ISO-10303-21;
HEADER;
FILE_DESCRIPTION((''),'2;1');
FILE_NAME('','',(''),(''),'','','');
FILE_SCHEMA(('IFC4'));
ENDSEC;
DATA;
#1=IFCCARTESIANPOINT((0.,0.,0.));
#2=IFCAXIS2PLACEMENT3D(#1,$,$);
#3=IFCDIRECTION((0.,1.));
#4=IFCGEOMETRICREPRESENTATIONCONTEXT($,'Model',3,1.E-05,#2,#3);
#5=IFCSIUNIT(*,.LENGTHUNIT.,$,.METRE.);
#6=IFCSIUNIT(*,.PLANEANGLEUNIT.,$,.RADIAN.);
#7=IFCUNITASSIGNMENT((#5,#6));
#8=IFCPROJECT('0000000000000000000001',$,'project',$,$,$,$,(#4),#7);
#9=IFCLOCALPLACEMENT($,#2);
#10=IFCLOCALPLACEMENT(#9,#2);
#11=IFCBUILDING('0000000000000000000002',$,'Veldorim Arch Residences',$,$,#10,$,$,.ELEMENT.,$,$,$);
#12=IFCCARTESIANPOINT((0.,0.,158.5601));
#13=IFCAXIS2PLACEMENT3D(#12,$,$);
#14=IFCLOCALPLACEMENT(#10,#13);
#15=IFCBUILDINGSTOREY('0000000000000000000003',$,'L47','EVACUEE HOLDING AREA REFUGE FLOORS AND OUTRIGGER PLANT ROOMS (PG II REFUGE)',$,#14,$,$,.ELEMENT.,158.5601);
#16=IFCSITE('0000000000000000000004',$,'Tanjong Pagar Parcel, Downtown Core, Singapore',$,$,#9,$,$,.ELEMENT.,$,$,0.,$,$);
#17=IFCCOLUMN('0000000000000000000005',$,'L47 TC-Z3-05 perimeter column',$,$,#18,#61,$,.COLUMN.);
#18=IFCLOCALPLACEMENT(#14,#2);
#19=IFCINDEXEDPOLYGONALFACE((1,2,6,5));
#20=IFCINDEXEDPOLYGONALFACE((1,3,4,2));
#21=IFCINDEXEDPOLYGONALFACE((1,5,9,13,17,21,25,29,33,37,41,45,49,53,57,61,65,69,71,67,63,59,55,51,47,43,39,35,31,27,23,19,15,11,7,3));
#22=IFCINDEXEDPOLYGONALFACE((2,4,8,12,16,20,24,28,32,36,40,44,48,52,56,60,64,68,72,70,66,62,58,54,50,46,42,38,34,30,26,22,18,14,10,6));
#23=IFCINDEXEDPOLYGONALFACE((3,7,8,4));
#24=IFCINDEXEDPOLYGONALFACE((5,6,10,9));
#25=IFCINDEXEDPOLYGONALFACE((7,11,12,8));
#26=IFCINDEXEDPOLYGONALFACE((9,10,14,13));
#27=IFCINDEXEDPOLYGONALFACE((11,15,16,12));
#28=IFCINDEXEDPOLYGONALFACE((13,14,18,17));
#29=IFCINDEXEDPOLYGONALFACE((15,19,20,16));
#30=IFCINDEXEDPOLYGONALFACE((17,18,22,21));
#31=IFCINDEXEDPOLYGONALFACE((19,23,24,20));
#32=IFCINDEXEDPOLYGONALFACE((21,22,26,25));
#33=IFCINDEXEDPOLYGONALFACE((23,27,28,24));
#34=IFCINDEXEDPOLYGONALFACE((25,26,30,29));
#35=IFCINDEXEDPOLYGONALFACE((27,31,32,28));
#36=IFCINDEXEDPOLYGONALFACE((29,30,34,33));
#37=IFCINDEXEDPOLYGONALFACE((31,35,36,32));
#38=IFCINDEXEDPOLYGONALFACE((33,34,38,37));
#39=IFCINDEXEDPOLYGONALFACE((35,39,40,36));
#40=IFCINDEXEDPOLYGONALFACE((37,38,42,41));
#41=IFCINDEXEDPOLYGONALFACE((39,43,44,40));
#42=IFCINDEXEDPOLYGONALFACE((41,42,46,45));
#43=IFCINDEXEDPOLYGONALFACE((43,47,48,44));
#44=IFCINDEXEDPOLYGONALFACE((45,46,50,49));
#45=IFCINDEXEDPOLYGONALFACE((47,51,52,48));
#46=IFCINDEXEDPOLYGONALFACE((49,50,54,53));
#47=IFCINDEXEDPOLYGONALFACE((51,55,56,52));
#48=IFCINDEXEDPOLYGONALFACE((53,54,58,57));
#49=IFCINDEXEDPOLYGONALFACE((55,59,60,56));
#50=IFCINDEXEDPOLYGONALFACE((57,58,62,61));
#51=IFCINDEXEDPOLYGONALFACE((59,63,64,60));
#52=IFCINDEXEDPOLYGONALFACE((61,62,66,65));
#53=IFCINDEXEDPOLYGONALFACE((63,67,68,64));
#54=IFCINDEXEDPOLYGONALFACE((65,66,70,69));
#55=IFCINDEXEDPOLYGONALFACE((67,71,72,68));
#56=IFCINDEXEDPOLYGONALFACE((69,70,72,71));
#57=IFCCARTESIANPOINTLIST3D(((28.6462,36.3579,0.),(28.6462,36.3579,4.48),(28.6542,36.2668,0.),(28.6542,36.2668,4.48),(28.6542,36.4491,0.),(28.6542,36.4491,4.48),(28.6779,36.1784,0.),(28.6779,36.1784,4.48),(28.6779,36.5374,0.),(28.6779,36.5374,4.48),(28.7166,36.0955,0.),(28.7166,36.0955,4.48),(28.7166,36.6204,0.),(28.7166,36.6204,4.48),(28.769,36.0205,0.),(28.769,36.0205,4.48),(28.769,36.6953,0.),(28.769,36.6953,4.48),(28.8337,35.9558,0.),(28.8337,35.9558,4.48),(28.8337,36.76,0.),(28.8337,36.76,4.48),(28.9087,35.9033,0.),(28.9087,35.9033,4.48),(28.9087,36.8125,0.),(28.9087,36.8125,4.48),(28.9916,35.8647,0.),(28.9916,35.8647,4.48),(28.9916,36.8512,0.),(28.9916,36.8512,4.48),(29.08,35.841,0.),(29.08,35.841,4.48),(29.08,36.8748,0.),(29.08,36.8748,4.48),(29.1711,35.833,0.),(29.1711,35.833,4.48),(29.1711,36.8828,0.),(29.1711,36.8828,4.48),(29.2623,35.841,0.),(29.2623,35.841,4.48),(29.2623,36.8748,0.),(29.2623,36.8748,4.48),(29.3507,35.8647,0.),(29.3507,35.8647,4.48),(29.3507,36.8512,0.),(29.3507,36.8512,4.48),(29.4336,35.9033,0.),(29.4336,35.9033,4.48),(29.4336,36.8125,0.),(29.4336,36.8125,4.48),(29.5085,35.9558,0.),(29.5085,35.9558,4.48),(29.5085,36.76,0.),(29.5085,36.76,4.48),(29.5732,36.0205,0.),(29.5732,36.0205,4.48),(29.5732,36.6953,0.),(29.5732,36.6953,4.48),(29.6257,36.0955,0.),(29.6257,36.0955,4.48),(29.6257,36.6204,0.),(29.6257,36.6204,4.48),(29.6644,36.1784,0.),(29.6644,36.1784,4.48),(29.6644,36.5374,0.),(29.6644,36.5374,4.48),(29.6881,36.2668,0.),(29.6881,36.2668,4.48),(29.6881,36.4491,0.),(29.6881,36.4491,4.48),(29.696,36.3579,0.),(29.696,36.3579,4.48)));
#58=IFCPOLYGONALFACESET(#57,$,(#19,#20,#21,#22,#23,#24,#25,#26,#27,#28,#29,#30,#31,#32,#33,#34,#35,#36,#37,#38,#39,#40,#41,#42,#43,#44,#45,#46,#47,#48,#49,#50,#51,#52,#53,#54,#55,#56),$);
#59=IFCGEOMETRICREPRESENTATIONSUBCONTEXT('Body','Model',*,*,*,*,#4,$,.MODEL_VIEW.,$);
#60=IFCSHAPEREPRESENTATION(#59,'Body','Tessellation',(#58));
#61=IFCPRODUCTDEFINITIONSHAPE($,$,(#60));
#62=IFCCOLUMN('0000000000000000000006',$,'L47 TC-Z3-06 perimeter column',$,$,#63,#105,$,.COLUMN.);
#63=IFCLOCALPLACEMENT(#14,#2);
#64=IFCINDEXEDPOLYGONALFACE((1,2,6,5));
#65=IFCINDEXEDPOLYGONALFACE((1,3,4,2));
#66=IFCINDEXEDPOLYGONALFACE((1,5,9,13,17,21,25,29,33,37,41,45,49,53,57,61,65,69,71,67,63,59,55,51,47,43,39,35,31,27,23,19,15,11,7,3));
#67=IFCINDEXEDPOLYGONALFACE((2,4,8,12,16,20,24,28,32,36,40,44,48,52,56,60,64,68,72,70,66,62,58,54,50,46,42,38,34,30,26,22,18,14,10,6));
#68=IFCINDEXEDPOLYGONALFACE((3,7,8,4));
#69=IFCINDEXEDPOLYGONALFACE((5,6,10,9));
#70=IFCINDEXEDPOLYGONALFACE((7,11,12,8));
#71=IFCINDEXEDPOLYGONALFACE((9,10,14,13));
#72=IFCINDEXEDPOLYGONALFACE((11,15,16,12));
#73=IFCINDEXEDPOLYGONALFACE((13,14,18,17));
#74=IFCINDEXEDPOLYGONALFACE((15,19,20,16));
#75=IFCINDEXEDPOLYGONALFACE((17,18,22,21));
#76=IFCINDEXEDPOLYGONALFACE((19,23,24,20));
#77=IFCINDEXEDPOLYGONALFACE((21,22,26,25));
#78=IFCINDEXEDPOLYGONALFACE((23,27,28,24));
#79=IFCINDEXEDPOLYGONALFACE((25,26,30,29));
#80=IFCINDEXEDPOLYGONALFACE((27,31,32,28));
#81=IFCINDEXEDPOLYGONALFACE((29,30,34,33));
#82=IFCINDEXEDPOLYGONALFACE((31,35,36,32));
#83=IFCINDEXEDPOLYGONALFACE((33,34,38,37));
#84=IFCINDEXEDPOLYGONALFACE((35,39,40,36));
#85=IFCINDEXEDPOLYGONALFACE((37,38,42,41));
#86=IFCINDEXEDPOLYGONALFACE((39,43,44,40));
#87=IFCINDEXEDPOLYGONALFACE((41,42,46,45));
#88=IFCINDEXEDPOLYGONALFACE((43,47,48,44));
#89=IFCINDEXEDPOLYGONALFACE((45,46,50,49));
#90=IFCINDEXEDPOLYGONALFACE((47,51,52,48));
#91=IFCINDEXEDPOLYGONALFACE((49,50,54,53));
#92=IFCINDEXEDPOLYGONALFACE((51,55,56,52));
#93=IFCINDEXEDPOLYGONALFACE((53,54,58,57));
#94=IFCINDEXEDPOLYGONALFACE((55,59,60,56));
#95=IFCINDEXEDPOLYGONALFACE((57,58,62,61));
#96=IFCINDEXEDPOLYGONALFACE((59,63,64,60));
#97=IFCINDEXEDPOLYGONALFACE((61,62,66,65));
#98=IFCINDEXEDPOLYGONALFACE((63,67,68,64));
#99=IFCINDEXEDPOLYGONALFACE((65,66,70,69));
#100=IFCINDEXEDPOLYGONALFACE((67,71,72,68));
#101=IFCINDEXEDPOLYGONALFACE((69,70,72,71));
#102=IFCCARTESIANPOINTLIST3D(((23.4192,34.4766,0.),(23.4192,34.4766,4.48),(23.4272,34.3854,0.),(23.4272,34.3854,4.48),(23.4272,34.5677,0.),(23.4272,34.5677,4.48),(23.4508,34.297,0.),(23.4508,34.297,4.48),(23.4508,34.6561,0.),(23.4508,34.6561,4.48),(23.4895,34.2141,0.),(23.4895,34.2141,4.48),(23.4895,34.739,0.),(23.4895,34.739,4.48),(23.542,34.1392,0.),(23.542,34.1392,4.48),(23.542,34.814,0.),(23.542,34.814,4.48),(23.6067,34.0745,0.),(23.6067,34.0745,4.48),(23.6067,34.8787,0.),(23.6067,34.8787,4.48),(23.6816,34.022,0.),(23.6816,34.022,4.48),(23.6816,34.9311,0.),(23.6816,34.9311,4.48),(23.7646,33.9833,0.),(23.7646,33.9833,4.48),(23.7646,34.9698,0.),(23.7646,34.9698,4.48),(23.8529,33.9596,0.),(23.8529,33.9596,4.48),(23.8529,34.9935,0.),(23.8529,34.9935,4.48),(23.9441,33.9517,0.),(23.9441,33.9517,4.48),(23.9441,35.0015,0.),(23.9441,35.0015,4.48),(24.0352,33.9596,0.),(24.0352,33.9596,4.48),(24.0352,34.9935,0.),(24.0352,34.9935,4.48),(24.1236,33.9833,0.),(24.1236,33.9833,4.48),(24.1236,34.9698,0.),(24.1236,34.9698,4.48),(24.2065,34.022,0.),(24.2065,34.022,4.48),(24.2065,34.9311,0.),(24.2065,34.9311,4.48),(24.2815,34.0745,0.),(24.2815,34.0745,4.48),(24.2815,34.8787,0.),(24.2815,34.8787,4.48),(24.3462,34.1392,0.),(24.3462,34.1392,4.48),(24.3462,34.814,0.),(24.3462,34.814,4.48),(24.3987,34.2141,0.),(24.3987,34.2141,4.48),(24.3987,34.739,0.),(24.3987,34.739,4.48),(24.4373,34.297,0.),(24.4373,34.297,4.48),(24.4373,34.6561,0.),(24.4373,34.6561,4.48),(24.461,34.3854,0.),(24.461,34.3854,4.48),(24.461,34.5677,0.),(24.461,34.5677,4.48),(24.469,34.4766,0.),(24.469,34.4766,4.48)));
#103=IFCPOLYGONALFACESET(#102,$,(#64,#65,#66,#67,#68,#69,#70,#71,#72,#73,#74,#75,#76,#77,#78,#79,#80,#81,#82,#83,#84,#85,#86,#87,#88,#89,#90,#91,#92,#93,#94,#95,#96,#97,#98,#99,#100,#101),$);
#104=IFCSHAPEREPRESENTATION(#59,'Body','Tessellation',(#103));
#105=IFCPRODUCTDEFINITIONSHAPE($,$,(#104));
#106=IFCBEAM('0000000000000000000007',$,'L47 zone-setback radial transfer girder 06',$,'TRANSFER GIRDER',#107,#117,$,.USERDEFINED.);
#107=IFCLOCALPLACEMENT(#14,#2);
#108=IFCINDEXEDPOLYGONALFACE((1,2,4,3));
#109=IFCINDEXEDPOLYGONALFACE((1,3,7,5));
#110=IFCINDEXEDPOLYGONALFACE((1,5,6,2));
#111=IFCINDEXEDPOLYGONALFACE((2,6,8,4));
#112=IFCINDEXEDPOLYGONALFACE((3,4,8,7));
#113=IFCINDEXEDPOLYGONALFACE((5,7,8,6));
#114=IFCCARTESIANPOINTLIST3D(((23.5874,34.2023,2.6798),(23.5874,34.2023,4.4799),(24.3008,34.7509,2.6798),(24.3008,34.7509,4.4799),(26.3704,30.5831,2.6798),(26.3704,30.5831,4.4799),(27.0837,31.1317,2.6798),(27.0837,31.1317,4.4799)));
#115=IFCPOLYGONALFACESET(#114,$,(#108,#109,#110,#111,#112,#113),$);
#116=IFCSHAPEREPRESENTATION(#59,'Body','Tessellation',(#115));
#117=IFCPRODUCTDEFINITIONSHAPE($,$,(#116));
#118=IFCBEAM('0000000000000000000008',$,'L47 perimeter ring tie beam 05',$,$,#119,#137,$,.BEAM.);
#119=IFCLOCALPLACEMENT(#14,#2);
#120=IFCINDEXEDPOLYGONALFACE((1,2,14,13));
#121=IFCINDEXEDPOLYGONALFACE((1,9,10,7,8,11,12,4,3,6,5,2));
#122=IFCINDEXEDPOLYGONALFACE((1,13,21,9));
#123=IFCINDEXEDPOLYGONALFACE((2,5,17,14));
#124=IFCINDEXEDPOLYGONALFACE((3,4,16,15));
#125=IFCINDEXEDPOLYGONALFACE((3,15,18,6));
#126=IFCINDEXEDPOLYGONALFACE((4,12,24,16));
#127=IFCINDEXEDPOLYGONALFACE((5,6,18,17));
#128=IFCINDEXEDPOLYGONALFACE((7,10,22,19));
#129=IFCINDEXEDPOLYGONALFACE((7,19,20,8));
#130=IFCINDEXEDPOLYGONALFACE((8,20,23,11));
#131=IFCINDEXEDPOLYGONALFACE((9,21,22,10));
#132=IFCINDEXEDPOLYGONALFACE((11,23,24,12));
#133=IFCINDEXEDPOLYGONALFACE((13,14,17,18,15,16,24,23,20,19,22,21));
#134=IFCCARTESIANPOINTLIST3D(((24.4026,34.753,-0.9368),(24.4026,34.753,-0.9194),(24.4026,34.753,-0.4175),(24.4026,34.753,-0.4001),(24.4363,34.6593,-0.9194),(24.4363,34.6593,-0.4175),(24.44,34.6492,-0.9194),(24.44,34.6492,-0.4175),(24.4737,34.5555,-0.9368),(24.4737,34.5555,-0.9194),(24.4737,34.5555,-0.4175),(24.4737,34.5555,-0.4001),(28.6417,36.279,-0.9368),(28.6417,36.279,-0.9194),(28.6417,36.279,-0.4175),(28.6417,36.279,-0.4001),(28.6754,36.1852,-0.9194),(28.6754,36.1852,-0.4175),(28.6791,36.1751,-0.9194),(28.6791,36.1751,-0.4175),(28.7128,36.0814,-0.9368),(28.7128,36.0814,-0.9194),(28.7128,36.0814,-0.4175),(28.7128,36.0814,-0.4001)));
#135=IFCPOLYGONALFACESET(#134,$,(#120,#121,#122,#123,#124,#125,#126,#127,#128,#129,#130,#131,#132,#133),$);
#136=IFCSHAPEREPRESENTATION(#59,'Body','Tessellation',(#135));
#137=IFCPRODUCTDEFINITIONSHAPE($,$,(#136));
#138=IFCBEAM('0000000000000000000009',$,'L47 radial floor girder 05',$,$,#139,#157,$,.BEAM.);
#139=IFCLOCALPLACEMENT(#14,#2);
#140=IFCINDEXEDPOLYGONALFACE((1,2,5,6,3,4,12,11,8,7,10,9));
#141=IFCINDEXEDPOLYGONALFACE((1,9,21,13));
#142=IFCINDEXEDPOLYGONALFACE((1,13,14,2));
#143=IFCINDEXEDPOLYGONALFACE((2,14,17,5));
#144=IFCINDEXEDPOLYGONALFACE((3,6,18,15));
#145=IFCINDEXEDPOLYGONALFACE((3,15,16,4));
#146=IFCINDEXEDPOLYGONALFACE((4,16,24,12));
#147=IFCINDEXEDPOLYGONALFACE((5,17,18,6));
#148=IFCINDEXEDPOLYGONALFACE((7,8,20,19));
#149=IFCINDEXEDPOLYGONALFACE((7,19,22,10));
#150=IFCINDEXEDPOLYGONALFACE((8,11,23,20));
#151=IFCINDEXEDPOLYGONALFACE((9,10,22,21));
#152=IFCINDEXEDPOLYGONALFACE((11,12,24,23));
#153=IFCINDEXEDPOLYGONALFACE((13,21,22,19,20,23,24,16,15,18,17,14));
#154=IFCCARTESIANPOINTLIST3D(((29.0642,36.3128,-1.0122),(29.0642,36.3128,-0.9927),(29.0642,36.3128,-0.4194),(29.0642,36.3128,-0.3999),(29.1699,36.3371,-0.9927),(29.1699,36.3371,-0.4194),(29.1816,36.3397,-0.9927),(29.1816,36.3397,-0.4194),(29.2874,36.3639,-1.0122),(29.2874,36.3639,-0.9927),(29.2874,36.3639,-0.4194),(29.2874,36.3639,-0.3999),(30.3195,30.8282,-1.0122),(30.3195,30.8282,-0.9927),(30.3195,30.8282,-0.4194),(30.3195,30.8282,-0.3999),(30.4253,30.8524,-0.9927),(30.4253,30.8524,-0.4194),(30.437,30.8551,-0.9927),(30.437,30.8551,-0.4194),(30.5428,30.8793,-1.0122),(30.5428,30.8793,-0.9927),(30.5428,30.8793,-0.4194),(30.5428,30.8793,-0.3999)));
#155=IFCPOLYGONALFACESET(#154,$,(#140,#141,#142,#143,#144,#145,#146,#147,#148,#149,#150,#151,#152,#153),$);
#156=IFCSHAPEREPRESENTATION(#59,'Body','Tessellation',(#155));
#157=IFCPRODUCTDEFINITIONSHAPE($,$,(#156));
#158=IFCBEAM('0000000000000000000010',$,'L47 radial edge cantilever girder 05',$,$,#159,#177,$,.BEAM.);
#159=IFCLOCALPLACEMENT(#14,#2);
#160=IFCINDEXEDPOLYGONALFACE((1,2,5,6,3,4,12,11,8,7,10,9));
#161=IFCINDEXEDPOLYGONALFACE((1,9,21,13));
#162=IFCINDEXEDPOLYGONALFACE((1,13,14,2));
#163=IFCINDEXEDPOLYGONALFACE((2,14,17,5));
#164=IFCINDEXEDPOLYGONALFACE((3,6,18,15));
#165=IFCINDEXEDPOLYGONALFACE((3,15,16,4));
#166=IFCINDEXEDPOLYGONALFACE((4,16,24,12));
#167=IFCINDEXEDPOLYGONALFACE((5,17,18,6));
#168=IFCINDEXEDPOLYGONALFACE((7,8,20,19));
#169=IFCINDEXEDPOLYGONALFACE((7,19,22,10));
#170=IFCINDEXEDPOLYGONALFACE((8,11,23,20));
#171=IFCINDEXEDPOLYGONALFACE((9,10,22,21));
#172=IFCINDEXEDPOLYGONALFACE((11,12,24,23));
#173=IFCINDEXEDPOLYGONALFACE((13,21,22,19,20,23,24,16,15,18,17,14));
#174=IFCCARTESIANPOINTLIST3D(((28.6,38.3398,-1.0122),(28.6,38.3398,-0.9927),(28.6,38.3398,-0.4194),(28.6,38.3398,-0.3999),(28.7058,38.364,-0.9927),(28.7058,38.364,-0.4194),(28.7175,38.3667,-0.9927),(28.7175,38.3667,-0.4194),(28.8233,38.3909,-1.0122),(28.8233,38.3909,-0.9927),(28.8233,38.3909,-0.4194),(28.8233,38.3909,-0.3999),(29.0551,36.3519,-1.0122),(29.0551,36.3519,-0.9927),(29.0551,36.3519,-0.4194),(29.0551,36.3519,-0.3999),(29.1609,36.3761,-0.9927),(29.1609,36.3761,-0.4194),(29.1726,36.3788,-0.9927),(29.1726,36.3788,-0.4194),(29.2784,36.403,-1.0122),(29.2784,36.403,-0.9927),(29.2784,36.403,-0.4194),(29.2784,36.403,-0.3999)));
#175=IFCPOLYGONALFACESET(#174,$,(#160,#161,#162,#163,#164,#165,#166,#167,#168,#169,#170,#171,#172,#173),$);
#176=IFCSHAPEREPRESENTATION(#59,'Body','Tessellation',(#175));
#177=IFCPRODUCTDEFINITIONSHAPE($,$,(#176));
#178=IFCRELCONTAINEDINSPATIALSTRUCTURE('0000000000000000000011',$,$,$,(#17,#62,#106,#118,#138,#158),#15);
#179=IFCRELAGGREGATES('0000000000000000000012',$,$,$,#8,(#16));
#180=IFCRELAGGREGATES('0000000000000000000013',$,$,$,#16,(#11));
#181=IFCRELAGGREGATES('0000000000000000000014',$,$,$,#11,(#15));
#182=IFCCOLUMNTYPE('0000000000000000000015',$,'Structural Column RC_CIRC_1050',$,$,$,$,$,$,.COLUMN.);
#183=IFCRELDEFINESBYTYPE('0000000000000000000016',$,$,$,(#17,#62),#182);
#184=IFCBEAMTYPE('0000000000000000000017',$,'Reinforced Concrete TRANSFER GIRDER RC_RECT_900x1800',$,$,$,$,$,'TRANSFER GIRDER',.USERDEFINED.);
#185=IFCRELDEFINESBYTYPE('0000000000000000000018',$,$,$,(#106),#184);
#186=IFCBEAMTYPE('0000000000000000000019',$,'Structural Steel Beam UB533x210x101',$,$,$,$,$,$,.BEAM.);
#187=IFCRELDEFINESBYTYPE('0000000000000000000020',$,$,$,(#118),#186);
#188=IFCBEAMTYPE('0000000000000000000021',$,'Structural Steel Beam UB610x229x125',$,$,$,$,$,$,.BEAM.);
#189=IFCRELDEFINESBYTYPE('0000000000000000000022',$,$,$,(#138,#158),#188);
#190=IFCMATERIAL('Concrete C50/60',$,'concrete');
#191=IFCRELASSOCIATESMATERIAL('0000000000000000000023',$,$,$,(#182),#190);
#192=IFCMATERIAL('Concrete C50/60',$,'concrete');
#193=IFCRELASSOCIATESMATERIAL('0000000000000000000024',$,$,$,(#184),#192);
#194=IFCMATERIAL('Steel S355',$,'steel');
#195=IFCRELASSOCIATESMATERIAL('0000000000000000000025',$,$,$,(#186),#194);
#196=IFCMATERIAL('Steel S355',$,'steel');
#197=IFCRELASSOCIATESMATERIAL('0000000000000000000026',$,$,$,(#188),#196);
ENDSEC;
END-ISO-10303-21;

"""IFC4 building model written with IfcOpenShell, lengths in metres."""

from ifc_helpers import new_model, si_unit, direction, frame, origin, origin_2d, place, context, subcontext, project, spatial, rectangle, circle, i_section, extrude, material, material_profile, profile_set, type_object, element, save


model = new_model("IFC4")

# Units and contexts
model_context = context("Model", 3, precision=1e-05, world=origin(), true_north=direction((0.0, 1.0)))
body_context = subcontext(model_context, "Body", "Model", "MODEL_VIEW")
ifc_project = project(units=[si_unit("LENGTHUNIT", "METRE"), si_unit("PLANEANGLEUNIT", "RADIAN")], contexts=[model_context])

# Site, building, storey
site_placement = place(None, origin())
site = spatial("IfcSite", under=ifc_project, at=site_placement, Name="Tanjong Pagar Parcel, Downtown Core, Singapore", CompositionType="ELEMENT", RefElevation=0.0)
building_placement = place(site_placement, origin())
building = spatial("IfcBuilding", under=site, at=building_placement, Name="Veldorim Arch Residences", CompositionType="ELEMENT")
storey_placement = place(building_placement, frame((0.0, 0.0, 158.5601)))
storey = spatial("IfcBuildingStorey", under=building, at=storey_placement, Name="L47", Description="EVACUEE HOLDING AREA REFUGE FLOORS AND OUTRIGGER PLANT ROOMS (PG II REFUGE)", CompositionType="ELEMENT", Elevation=158.5601)

# Columns
ifc_material_1 = material(Name="Concrete C50/60", Category="concrete")
ifc_material_profile_1 = material_profile(ifc_material_1, circle(Radius=0.5249, at=origin_2d()), Name="RC_CIRC_1050")
ifc_profile_set_1 = profile_set([ifc_material_profile_1], Name="Concrete C50/60")
column_type = type_object("IfcColumnType", Name="Structural Column RC_CIRC_1050", PredefinedType="COLUMN", material=ifc_profile_set_1)
for number, where, z_axis, x_axis, name in (
    (1, (29.1711, 36.3579, 0.0), (0.0, 0.0, 1.0), (1.0, 0.0, 0.0), "L47 TC-Z3-05 perimeter column"),
    (2, (23.9441, 34.4766, 0.0), (0.0, 0.0, 1.0), (1.0, 0.0, 0.0), "L47 TC-Z3-06 perimeter column"),
):
    element("IfcColumn", number, at=place(storey_placement, frame(where, z_axis=z_axis, x_axis=x_axis)), inside=storey, type_object=column_type, Name=name, PredefinedType="COLUMN", context=body_context, shape_type="SweptSolid", body=[
        extrude(circle(Radius=0.5249, at=origin_2d()), origin(), (0.0, 0.0, 1.0), 4.48),
    ])

# Beams
ifc_material_2 = material(Name="Concrete C50/60", Category="concrete")
ifc_material_profile_2 = material_profile(ifc_material_2, rectangle(XDim=0.8999, YDim=1.8, at=origin_2d()), Name="RC_RECT_900x1800")
ifc_profile_set_2 = profile_set([ifc_material_profile_2], Name="Concrete C50/60")
beam_type_1 = type_object("IfcBeamType", Name="Reinforced Concrete TRANSFER GIRDER RC_RECT_900x1800", ElementType="TRANSFER GIRDER", PredefinedType="USERDEFINED", material=ifc_profile_set_2)
beam_1_placement = place(storey_placement, frame((26.7271, 30.8574, 3.5798), z_axis=(-0.609574, 0.792729, 0.0), x_axis=(-0.792729, -0.609574, 0.0)))
element("IfcBeam", 3, at=beam_1_placement, inside=storey, type_object=beam_type_1, Name="L47 zone-setback radial transfer girder 06", ObjectType="TRANSFER GIRDER", PredefinedType="USERDEFINED", context=body_context, shape_type="SweptSolid", body=[
    extrude(rectangle(XDim=0.8999, YDim=1.8, at=origin_2d()), origin(), (0.0, 0.0, 1.0), 4.5654),
])
ifc_material_3 = material(Name="Steel S355", Category="steel")
ifc_material_profile_3 = material_profile(ifc_material_3, i_section(OverallWidth=0.21, OverallDepth=0.5366, WebThickness=0.0107, FlangeThickness=0.0173, at=origin_2d()), Name="UB533x210x101")
ifc_profile_set_3 = profile_set([ifc_material_profile_3], Name="Steel S355")
beam_type_2 = type_object("IfcBeamType", Name="Structural Steel Beam UB533x210x101", PredefinedType="BEAM", material=ifc_profile_set_3)
beam_2_placement = place(storey_placement, frame((28.6772, 36.1802, -0.6685), z_axis=(-0.940899, -0.338687, 0.0), x_axis=(0.338687, -0.940899, 0.0)))
element("IfcBeam", 4, at=beam_2_placement, inside=storey, type_object=beam_type_2, Name="L47 perimeter ring tie beam 05", PredefinedType="BEAM", context=body_context, shape_type="SweptSolid", body=[
    extrude(i_section(OverallWidth=0.21, OverallDepth=0.5366, WebThickness=0.0107, FlangeThickness=0.0173, at=origin_2d()), origin(), (0.0, 0.0, 1.0), 4.5054),
])
ifc_material_4 = material(Name="Steel S355", Category="steel")
ifc_material_profile_4 = material_profile(ifc_material_4, i_section(OverallWidth=0.229, OverallDepth=0.6123, WebThickness=0.012, FlangeThickness=0.0195, at=origin_2d()), Name="UB610x229x125")
ifc_profile_set_4 = profile_set([ifc_material_profile_4], Name="Steel S355")
beam_type_3 = type_object("IfcBeamType", Name="Structural Steel Beam UB610x229x125", PredefinedType="BEAM", material=ifc_profile_set_4)
beam_3_placement = place(storey_placement, frame((30.4312, 30.8538, -0.7061), z_axis=(-0.223119, 0.974791, 0.0), x_axis=(-0.974791, -0.223119, 0.0)))
element("IfcBeam", 5, at=beam_3_placement, inside=storey, type_object=beam_type_3, Name="L47 radial floor girder 05", PredefinedType="BEAM", context=body_context, shape_type="SweptSolid", body=[
    extrude(i_section(OverallWidth=0.229, OverallDepth=0.6123, WebThickness=0.012, FlangeThickness=0.0195, at=origin_2d()), origin(), (0.0, 0.0, 1.0), 5.6265),
])
beam_4_placement = place(storey_placement, frame((29.1667, 36.3774, -0.7061), z_axis=(-0.223163, 0.974781, 0.0), x_axis=(-0.974781, -0.223163, 0.0)))
element("IfcBeam", 6, at=beam_4_placement, inside=storey, type_object=beam_type_3, Name="L47 radial edge cantilever girder 05", PredefinedType="BEAM", context=body_context, shape_type="SweptSolid", body=[
    extrude(i_section(OverallWidth=0.229, OverallDepth=0.6123, WebThickness=0.012, FlangeThickness=0.0195, at=origin_2d()), origin(), (0.0, 0.0, 1.0), 2.0393),
])

save(model, "model.ifc")
